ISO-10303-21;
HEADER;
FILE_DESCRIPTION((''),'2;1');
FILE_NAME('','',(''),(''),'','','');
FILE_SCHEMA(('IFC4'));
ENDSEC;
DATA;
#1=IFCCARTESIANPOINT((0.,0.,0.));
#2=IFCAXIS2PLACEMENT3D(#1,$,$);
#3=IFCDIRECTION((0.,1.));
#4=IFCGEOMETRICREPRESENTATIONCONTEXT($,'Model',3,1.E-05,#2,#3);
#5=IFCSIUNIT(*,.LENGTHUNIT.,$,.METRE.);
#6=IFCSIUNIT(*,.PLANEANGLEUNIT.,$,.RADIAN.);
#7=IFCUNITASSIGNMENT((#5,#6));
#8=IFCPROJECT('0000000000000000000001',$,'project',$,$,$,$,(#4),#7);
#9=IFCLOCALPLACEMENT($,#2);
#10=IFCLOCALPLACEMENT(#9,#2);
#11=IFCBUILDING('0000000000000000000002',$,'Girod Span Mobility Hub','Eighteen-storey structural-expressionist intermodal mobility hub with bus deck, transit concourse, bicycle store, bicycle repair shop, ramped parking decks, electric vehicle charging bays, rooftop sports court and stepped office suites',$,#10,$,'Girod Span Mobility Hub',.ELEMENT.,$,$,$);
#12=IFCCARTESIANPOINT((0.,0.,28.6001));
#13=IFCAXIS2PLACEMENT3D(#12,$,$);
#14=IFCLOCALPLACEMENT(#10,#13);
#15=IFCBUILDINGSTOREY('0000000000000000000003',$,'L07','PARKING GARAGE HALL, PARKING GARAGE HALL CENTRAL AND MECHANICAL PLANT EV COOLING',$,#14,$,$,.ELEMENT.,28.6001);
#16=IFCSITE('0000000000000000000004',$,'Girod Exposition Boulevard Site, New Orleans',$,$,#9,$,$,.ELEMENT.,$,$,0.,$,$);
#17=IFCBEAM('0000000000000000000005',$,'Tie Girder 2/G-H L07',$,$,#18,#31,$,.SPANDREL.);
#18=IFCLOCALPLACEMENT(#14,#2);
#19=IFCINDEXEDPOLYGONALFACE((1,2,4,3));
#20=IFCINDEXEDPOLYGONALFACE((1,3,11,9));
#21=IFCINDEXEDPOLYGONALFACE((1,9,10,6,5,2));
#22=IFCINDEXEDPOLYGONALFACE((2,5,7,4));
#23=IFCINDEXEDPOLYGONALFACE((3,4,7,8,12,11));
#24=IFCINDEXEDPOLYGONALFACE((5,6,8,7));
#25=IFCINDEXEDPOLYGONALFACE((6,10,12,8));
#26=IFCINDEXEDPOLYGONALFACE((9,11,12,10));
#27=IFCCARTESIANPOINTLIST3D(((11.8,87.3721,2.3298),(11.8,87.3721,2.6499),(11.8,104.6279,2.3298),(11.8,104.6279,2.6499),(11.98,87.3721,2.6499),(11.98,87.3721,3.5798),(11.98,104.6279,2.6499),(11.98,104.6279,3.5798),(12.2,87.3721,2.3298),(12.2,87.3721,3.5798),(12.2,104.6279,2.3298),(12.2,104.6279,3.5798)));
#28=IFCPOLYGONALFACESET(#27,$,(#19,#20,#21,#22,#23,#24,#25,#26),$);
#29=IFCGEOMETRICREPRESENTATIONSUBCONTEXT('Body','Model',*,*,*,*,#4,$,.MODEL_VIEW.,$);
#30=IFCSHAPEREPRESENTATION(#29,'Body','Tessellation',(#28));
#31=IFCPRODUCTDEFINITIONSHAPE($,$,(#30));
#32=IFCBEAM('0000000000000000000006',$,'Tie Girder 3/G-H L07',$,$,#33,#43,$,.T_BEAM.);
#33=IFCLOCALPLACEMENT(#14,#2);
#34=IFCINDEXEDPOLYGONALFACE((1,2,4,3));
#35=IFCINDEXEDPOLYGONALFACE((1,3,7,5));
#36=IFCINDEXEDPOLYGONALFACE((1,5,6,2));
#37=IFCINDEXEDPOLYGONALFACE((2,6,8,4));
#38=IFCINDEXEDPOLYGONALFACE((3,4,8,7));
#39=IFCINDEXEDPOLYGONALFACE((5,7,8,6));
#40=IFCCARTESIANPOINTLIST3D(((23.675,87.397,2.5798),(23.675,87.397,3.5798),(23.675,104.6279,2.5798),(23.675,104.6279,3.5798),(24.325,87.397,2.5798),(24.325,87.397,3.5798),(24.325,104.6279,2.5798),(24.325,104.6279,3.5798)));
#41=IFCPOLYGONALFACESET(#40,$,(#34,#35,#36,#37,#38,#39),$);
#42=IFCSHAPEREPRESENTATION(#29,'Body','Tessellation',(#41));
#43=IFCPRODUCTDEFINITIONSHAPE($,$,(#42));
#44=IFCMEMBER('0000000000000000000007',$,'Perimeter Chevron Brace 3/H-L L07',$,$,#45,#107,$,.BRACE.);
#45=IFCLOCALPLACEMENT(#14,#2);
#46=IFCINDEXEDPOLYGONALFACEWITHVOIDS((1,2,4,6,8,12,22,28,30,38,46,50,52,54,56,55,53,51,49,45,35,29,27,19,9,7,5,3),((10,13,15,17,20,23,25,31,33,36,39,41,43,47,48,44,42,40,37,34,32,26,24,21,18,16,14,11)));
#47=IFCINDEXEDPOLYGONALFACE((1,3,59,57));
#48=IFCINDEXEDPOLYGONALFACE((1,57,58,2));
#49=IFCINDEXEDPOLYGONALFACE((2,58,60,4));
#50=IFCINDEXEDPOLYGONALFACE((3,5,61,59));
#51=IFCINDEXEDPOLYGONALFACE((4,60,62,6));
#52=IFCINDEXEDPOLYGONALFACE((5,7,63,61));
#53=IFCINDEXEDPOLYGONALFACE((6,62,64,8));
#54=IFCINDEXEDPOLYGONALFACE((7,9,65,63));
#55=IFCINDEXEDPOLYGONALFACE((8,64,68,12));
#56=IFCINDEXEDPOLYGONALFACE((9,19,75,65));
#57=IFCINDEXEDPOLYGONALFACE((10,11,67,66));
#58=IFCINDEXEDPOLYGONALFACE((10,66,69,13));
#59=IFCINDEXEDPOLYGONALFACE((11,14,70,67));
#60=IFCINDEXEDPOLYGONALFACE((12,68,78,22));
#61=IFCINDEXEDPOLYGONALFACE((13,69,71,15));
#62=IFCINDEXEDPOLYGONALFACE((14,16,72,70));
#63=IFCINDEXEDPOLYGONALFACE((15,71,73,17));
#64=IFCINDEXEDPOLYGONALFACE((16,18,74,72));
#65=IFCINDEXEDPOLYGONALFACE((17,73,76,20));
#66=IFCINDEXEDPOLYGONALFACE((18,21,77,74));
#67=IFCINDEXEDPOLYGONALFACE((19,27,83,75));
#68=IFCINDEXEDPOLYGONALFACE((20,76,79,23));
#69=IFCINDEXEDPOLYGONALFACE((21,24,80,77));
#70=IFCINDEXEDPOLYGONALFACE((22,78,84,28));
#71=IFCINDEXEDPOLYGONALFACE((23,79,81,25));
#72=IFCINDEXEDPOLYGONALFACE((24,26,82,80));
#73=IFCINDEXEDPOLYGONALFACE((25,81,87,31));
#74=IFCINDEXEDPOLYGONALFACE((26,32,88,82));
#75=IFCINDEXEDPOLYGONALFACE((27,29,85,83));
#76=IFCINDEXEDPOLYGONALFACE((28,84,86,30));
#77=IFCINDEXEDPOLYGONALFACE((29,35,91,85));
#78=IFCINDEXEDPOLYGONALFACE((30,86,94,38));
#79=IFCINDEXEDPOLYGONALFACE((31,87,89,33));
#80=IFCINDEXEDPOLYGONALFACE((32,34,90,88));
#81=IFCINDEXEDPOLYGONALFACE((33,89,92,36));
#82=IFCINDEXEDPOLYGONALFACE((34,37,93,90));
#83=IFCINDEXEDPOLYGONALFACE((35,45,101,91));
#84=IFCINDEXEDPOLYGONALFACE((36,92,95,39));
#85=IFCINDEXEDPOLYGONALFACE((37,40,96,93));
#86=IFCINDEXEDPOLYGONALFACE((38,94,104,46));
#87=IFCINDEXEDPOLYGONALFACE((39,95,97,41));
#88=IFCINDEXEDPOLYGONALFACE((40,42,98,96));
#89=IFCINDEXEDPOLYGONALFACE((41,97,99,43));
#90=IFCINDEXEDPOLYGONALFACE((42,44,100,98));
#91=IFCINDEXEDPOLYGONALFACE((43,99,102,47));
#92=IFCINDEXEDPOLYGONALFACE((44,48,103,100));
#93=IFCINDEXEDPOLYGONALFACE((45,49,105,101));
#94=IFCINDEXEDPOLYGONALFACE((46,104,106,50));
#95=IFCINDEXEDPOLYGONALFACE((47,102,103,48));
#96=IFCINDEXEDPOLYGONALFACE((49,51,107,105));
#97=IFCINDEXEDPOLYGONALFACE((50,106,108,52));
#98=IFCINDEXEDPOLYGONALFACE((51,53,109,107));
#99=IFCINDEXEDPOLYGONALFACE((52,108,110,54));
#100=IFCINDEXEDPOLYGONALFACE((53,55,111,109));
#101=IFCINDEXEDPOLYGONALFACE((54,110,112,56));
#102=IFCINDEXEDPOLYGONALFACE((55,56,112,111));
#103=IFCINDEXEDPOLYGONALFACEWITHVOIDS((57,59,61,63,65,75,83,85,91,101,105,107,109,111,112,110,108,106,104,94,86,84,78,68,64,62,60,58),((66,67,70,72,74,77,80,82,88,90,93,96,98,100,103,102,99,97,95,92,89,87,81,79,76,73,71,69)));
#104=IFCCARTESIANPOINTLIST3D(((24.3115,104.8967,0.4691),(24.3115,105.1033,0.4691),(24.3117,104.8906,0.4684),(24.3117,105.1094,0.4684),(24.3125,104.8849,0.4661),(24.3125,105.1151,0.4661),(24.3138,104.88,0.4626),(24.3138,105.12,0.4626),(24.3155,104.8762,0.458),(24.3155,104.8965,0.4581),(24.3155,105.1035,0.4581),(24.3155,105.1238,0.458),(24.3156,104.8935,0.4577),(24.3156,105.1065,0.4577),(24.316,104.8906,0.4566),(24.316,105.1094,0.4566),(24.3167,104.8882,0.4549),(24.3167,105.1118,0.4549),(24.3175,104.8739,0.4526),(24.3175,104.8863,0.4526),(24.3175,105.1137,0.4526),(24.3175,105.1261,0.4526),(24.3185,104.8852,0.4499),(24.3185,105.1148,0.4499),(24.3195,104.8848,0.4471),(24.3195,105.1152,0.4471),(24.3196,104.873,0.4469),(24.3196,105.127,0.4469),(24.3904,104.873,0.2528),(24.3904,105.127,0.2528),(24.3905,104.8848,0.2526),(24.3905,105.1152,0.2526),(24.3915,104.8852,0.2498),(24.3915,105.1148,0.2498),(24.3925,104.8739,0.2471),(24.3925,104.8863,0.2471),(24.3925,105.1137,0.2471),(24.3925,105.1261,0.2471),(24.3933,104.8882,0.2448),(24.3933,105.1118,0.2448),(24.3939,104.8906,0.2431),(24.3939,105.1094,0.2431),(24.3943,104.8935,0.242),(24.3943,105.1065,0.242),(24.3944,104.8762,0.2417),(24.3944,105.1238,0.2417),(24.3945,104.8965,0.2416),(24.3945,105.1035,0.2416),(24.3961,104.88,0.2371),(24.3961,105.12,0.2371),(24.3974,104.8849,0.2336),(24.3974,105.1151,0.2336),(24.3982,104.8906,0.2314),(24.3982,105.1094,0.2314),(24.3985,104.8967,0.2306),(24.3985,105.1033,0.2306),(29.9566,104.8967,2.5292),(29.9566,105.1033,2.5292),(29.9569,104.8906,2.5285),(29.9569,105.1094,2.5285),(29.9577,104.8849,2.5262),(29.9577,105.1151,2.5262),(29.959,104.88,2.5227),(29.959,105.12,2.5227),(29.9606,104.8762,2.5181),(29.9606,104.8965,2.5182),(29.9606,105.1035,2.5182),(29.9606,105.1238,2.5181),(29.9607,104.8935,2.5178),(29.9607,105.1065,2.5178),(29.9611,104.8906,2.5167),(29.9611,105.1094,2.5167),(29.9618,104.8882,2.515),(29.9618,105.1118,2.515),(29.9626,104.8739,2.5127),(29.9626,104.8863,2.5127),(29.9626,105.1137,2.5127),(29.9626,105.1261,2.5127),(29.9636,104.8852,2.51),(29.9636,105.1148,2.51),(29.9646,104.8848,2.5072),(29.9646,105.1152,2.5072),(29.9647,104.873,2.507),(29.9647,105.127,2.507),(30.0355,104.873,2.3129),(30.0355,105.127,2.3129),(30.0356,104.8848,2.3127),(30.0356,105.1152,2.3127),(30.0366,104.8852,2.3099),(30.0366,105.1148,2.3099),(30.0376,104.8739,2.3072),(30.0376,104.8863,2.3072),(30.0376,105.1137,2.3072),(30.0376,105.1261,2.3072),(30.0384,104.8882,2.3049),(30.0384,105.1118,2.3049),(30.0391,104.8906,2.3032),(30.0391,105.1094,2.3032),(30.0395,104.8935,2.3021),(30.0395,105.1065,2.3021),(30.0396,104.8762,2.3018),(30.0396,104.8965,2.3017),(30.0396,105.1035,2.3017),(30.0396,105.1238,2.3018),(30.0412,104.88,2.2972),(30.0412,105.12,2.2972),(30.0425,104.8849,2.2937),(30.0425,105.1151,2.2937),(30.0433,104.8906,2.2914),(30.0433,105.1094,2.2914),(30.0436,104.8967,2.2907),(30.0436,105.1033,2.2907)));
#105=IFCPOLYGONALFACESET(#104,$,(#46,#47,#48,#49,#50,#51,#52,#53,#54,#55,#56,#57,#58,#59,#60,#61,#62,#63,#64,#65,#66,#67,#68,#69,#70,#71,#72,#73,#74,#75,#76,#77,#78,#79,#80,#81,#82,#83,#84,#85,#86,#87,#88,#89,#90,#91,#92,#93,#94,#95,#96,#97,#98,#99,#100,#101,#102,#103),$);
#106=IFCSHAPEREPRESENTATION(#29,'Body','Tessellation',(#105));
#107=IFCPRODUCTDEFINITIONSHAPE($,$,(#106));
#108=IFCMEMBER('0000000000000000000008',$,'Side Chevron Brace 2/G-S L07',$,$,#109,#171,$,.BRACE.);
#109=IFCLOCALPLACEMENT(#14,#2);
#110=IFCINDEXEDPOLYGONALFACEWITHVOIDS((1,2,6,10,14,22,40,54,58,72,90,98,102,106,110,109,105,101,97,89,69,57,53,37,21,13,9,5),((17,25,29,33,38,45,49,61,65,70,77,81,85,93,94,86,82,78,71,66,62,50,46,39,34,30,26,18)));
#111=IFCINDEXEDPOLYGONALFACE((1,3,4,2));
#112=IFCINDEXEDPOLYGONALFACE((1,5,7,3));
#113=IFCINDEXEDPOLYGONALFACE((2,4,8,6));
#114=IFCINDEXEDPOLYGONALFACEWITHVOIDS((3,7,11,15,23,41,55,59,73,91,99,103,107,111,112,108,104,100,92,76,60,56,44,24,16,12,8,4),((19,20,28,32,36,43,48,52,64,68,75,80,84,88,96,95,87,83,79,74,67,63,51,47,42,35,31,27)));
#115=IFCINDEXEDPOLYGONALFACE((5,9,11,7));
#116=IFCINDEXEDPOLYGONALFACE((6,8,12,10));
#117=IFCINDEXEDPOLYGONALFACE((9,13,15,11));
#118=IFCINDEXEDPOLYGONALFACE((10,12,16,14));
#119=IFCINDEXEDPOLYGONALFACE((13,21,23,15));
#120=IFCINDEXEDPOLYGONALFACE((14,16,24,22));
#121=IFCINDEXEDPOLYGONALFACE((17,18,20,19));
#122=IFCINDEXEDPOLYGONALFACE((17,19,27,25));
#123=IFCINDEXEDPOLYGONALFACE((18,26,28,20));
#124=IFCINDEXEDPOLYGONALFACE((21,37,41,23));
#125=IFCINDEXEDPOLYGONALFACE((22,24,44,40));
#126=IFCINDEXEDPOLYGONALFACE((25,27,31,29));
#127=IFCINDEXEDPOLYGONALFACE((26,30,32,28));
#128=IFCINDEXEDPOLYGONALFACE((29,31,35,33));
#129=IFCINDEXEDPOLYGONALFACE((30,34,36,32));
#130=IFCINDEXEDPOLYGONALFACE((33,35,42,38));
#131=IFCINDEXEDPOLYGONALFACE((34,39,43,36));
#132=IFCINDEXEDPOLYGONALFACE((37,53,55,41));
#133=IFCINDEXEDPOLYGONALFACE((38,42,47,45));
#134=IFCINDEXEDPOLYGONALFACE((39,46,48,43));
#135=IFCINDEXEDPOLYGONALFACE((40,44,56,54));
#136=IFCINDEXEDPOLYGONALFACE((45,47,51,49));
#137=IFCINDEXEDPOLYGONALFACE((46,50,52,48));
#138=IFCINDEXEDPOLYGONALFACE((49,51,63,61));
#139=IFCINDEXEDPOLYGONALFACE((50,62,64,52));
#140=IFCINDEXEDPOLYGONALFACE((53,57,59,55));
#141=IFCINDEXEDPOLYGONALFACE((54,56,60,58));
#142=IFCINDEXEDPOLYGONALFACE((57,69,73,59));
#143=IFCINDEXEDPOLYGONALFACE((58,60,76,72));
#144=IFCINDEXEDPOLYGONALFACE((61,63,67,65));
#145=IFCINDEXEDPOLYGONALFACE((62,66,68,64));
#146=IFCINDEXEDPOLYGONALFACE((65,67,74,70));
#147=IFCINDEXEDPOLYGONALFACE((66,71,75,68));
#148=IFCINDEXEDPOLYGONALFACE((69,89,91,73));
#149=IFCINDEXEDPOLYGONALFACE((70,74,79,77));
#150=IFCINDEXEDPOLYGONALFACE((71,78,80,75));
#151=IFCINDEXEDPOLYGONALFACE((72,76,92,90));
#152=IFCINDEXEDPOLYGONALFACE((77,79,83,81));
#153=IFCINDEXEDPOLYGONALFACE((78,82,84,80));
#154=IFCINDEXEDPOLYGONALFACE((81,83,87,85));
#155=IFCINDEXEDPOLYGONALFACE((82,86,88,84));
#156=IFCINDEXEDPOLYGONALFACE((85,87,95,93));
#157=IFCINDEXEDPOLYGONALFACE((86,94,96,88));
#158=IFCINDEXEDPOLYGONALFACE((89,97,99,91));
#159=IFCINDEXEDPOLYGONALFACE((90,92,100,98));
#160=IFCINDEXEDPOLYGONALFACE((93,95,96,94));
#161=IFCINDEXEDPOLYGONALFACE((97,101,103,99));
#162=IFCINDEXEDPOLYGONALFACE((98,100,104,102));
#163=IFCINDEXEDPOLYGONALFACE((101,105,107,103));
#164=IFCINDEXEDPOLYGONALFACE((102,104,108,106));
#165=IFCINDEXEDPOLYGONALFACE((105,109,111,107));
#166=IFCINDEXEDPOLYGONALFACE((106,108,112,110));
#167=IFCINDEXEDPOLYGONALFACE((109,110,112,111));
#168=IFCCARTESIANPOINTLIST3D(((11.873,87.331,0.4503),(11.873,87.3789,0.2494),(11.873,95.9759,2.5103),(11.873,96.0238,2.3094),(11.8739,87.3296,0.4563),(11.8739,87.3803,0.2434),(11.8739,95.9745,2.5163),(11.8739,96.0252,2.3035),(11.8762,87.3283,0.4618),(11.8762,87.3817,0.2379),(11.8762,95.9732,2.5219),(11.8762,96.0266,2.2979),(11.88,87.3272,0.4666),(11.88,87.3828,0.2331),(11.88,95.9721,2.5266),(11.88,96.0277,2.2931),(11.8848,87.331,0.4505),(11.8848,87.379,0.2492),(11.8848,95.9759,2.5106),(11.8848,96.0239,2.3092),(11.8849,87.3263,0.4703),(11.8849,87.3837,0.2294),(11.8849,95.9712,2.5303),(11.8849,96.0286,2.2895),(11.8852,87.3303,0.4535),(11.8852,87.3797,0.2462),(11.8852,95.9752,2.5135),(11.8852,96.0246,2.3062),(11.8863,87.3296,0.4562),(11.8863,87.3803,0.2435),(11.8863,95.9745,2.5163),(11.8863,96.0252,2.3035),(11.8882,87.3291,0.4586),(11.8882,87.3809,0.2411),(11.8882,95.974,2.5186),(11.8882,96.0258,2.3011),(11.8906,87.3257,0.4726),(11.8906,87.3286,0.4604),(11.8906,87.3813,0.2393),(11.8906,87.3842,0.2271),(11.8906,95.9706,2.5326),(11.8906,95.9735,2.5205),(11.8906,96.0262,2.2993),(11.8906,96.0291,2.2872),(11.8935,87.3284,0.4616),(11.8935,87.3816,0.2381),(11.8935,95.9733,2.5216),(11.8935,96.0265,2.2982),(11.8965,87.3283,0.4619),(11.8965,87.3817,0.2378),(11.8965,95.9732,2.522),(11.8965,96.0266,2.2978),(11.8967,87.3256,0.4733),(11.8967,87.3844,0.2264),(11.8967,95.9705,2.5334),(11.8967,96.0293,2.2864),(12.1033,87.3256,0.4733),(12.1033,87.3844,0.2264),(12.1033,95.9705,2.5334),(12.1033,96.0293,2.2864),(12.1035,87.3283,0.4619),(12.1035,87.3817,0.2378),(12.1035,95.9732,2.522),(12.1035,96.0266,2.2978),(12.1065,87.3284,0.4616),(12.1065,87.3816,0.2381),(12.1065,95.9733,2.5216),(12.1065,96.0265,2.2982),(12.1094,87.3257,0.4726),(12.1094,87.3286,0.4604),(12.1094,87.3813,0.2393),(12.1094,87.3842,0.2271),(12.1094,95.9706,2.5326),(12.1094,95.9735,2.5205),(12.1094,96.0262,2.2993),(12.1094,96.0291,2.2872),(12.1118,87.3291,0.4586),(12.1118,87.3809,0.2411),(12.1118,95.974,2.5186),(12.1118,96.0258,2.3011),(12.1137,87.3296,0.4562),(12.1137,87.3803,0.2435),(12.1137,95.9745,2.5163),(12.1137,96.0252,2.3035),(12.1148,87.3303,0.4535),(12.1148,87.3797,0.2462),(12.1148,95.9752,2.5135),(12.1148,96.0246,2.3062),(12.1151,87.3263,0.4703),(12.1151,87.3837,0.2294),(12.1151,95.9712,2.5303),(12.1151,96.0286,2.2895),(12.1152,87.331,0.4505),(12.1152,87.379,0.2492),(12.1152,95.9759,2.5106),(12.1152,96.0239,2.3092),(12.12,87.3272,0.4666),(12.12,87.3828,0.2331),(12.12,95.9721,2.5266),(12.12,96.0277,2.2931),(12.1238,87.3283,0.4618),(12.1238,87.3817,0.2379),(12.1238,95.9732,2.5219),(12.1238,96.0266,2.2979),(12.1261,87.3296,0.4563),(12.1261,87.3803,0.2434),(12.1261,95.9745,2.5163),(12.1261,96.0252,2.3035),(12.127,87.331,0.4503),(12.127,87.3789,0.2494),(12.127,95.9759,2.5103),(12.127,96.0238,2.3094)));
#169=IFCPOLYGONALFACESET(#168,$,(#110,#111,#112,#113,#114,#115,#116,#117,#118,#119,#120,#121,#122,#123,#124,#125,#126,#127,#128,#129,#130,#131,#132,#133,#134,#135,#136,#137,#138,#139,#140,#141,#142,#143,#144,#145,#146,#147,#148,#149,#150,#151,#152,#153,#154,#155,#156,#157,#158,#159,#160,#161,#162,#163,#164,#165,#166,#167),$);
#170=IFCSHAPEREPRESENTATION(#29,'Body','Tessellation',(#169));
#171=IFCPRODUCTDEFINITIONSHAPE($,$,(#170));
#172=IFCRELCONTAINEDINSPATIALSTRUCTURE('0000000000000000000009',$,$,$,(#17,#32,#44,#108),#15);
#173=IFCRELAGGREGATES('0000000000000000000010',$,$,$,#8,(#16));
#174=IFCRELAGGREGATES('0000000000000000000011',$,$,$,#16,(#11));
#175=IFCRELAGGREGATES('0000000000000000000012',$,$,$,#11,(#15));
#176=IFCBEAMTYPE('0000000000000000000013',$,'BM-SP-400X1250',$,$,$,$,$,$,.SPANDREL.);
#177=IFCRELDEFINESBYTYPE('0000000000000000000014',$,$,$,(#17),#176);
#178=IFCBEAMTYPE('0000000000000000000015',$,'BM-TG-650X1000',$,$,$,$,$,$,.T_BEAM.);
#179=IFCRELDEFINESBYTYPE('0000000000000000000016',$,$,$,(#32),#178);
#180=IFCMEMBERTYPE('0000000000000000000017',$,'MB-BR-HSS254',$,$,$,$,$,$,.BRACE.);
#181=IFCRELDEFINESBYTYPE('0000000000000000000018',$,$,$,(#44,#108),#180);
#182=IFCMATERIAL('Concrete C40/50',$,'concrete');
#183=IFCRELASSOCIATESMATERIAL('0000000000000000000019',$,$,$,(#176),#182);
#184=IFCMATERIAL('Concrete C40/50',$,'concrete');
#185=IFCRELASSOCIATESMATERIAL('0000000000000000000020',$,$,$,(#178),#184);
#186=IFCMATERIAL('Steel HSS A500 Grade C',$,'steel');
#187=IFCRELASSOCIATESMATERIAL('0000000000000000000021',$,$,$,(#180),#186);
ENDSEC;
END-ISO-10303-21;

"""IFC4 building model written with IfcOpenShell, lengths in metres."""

from ifc_helpers import new_model, si_unit, direction, frame, origin, origin_2d, place, context, subcontext, project, spatial, polyline, rectangle, hollow_rectangle, outline, extrude, material, material_profile, profile_set, type_object, element, save


model = new_model("IFC4")

# Units and contexts
model_context = context("Model", 3, precision=1e-05, world=origin(), true_north=direction((0.0, 1.0)))
body_context = subcontext(model_context, "Body", "Model", "MODEL_VIEW")
ifc_project = project(units=[si_unit("LENGTHUNIT", "METRE"), si_unit("PLANEANGLEUNIT", "RADIAN")], contexts=[model_context])

# Site, building, storey
site_placement = place(None, origin())
site = spatial("IfcSite", under=ifc_project, at=site_placement, Name="Girod Exposition Boulevard Site, New Orleans", CompositionType="ELEMENT", RefElevation=0.0)
building_placement = place(site_placement, origin())
building = spatial("IfcBuilding", under=site, at=building_placement, Name="Girod Span Mobility Hub", Description="Eighteen-storey structural-expressionist intermodal mobility hub with bus deck, transit concourse, bicycle store, bicycle repair shop, ramped parking decks, electric vehicle charging bays, rooftop sports court and stepped office suites", LongName="Girod Span Mobility Hub", CompositionType="ELEMENT")
storey_placement = place(building_placement, frame((0.0, 0.0, 28.6001)))
storey = spatial("IfcBuildingStorey", under=building, at=storey_placement, Name="L07", Description="PARKING GARAGE HALL, PARKING GARAGE HALL CENTRAL AND MECHANICAL PLANT EV COOLING", CompositionType="ELEMENT", Elevation=28.6001)

# Beams
ifc_material_1 = material(Name="Concrete C40/50", Category="concrete")
ifc_material_profile_1 = material_profile(ifc_material_1, outline(polyline([(-0.2, -0.625), (0.2, -0.625), (0.2, -0.3049), (0.02, -0.3049), (0.02, 0.625), (-0.2, 0.625), (-0.2, -0.625)])), Name="SP-400X1250")
ifc_profile_set_1 = profile_set([ifc_material_profile_1], Name="Concrete C40/50")
beam_type_1 = type_object("IfcBeamType", Name="BM-SP-400X1250", PredefinedType="SPANDREL", material=ifc_profile_set_1)
beam_1_placement = place(storey_placement, frame((12.0, 87.3721, 2.9548), z_axis=(0.0, 1.0, 0.0), x_axis=(-1.0, 0.0, 0.0)))
element("IfcBeam", 1, at=beam_1_placement, inside=storey, type_object=beam_type_1, Name="Tie Girder 2/G-H L07", PredefinedType="SPANDREL", context=body_context, shape_type="SweptSolid", body=[
    extrude(outline(polyline([(-0.2, -0.625), (0.2, -0.625), (0.2, -0.3049), (0.02, -0.3049), (0.02, 0.625), (-0.2, 0.625), (-0.2, -0.625)])), origin(), (0.0, 0.0, 1.0), 17.2559),
])
ifc_material_2 = material(Name="Concrete C40/50", Category="concrete")
ifc_material_profile_2 = material_profile(ifc_material_2, rectangle(XDim=0.6499, YDim=1.0, at=origin_2d()), Name="TG-650X1000")
ifc_profile_set_2 = profile_set([ifc_material_profile_2], Name="Concrete C40/50")
beam_type_2 = type_object("IfcBeamType", Name="BM-TG-650X1000", PredefinedType="T_BEAM", material=ifc_profile_set_2)
beam_2_placement = place(storey_placement, frame((24.0, 87.397, 3.0798), z_axis=(0.0, 1.0, 0.0), x_axis=(-1.0, 0.0, 0.0)))
element("IfcBeam", 2, at=beam_2_placement, inside=storey, type_object=beam_type_2, Name="Tie Girder 3/G-H L07", PredefinedType="T_BEAM", context=body_context, shape_type="SweptSolid", body=[
    extrude(rectangle(XDim=0.6499, YDim=1.0, at=origin_2d()), origin(), (0.0, 0.0, 1.0), 17.231),
])

# Members
ifc_material_3 = material(Name="Steel HSS A500 Grade C", Category="steel")
ifc_material_profile_3 = material_profile(ifc_material_3, hollow_rectangle(XDim=0.2539, YDim=0.2539, WallThickness=0.0117, InnerFilletRadius=0.0117, OuterFilletRadius=0.0237, at=origin_2d()), Name="HSS254X254X12.7")
ifc_profile_set_3 = profile_set([ifc_material_profile_3], Name="Steel HSS A500 Grade C")
member_type = type_object("IfcMemberType", Name="MB-BR-HSS254", PredefinedType="BRACE", material=ifc_profile_set_3)
member_placement = place(storey_placement, frame((24.355, 105.0, 0.3499), z_axis=(0.939401, 0.0, 0.342819), x_axis=(0.0, 1.0, 0.0)))
element("IfcMember", 3, at=member_placement, inside=storey, type_object=member_type, Name="Perimeter Chevron Brace 3/H-L L07", PredefinedType="BRACE", context=body_context, shape_type="SweptSolid", body=[
    extrude(hollow_rectangle(XDim=0.2539, YDim=0.2539, WallThickness=0.0117, InnerFilletRadius=0.0117, OuterFilletRadius=0.0237, at=origin_2d()), origin(), (0.0, 0.0, 1.0), 6.0093),
])
for number, where, z_axis, x_axis, name in (
    (4, (12.0, 87.355, 0.3499), (0.0, 0.972763, 0.231804), (-1.0, 0.0, 0.0), "Side Chevron Brace 2/G-S L07"),
):
    element("IfcMember", number, at=place(storey_placement, frame(where, z_axis=z_axis, x_axis=x_axis)), inside=storey, type_object=member_type, Name=name, PredefinedType="BRACE", context=body_context, shape_type="SweptSolid", body=[
        extrude(hollow_rectangle(XDim=0.2539, YDim=0.2539, WallThickness=0.0117, InnerFilletRadius=0.0117, OuterFilletRadius=0.0237, at=origin_2d()), origin(), (0.0, 0.0, 1.0), 8.887),
    ])

save(model, "model.ifc")
